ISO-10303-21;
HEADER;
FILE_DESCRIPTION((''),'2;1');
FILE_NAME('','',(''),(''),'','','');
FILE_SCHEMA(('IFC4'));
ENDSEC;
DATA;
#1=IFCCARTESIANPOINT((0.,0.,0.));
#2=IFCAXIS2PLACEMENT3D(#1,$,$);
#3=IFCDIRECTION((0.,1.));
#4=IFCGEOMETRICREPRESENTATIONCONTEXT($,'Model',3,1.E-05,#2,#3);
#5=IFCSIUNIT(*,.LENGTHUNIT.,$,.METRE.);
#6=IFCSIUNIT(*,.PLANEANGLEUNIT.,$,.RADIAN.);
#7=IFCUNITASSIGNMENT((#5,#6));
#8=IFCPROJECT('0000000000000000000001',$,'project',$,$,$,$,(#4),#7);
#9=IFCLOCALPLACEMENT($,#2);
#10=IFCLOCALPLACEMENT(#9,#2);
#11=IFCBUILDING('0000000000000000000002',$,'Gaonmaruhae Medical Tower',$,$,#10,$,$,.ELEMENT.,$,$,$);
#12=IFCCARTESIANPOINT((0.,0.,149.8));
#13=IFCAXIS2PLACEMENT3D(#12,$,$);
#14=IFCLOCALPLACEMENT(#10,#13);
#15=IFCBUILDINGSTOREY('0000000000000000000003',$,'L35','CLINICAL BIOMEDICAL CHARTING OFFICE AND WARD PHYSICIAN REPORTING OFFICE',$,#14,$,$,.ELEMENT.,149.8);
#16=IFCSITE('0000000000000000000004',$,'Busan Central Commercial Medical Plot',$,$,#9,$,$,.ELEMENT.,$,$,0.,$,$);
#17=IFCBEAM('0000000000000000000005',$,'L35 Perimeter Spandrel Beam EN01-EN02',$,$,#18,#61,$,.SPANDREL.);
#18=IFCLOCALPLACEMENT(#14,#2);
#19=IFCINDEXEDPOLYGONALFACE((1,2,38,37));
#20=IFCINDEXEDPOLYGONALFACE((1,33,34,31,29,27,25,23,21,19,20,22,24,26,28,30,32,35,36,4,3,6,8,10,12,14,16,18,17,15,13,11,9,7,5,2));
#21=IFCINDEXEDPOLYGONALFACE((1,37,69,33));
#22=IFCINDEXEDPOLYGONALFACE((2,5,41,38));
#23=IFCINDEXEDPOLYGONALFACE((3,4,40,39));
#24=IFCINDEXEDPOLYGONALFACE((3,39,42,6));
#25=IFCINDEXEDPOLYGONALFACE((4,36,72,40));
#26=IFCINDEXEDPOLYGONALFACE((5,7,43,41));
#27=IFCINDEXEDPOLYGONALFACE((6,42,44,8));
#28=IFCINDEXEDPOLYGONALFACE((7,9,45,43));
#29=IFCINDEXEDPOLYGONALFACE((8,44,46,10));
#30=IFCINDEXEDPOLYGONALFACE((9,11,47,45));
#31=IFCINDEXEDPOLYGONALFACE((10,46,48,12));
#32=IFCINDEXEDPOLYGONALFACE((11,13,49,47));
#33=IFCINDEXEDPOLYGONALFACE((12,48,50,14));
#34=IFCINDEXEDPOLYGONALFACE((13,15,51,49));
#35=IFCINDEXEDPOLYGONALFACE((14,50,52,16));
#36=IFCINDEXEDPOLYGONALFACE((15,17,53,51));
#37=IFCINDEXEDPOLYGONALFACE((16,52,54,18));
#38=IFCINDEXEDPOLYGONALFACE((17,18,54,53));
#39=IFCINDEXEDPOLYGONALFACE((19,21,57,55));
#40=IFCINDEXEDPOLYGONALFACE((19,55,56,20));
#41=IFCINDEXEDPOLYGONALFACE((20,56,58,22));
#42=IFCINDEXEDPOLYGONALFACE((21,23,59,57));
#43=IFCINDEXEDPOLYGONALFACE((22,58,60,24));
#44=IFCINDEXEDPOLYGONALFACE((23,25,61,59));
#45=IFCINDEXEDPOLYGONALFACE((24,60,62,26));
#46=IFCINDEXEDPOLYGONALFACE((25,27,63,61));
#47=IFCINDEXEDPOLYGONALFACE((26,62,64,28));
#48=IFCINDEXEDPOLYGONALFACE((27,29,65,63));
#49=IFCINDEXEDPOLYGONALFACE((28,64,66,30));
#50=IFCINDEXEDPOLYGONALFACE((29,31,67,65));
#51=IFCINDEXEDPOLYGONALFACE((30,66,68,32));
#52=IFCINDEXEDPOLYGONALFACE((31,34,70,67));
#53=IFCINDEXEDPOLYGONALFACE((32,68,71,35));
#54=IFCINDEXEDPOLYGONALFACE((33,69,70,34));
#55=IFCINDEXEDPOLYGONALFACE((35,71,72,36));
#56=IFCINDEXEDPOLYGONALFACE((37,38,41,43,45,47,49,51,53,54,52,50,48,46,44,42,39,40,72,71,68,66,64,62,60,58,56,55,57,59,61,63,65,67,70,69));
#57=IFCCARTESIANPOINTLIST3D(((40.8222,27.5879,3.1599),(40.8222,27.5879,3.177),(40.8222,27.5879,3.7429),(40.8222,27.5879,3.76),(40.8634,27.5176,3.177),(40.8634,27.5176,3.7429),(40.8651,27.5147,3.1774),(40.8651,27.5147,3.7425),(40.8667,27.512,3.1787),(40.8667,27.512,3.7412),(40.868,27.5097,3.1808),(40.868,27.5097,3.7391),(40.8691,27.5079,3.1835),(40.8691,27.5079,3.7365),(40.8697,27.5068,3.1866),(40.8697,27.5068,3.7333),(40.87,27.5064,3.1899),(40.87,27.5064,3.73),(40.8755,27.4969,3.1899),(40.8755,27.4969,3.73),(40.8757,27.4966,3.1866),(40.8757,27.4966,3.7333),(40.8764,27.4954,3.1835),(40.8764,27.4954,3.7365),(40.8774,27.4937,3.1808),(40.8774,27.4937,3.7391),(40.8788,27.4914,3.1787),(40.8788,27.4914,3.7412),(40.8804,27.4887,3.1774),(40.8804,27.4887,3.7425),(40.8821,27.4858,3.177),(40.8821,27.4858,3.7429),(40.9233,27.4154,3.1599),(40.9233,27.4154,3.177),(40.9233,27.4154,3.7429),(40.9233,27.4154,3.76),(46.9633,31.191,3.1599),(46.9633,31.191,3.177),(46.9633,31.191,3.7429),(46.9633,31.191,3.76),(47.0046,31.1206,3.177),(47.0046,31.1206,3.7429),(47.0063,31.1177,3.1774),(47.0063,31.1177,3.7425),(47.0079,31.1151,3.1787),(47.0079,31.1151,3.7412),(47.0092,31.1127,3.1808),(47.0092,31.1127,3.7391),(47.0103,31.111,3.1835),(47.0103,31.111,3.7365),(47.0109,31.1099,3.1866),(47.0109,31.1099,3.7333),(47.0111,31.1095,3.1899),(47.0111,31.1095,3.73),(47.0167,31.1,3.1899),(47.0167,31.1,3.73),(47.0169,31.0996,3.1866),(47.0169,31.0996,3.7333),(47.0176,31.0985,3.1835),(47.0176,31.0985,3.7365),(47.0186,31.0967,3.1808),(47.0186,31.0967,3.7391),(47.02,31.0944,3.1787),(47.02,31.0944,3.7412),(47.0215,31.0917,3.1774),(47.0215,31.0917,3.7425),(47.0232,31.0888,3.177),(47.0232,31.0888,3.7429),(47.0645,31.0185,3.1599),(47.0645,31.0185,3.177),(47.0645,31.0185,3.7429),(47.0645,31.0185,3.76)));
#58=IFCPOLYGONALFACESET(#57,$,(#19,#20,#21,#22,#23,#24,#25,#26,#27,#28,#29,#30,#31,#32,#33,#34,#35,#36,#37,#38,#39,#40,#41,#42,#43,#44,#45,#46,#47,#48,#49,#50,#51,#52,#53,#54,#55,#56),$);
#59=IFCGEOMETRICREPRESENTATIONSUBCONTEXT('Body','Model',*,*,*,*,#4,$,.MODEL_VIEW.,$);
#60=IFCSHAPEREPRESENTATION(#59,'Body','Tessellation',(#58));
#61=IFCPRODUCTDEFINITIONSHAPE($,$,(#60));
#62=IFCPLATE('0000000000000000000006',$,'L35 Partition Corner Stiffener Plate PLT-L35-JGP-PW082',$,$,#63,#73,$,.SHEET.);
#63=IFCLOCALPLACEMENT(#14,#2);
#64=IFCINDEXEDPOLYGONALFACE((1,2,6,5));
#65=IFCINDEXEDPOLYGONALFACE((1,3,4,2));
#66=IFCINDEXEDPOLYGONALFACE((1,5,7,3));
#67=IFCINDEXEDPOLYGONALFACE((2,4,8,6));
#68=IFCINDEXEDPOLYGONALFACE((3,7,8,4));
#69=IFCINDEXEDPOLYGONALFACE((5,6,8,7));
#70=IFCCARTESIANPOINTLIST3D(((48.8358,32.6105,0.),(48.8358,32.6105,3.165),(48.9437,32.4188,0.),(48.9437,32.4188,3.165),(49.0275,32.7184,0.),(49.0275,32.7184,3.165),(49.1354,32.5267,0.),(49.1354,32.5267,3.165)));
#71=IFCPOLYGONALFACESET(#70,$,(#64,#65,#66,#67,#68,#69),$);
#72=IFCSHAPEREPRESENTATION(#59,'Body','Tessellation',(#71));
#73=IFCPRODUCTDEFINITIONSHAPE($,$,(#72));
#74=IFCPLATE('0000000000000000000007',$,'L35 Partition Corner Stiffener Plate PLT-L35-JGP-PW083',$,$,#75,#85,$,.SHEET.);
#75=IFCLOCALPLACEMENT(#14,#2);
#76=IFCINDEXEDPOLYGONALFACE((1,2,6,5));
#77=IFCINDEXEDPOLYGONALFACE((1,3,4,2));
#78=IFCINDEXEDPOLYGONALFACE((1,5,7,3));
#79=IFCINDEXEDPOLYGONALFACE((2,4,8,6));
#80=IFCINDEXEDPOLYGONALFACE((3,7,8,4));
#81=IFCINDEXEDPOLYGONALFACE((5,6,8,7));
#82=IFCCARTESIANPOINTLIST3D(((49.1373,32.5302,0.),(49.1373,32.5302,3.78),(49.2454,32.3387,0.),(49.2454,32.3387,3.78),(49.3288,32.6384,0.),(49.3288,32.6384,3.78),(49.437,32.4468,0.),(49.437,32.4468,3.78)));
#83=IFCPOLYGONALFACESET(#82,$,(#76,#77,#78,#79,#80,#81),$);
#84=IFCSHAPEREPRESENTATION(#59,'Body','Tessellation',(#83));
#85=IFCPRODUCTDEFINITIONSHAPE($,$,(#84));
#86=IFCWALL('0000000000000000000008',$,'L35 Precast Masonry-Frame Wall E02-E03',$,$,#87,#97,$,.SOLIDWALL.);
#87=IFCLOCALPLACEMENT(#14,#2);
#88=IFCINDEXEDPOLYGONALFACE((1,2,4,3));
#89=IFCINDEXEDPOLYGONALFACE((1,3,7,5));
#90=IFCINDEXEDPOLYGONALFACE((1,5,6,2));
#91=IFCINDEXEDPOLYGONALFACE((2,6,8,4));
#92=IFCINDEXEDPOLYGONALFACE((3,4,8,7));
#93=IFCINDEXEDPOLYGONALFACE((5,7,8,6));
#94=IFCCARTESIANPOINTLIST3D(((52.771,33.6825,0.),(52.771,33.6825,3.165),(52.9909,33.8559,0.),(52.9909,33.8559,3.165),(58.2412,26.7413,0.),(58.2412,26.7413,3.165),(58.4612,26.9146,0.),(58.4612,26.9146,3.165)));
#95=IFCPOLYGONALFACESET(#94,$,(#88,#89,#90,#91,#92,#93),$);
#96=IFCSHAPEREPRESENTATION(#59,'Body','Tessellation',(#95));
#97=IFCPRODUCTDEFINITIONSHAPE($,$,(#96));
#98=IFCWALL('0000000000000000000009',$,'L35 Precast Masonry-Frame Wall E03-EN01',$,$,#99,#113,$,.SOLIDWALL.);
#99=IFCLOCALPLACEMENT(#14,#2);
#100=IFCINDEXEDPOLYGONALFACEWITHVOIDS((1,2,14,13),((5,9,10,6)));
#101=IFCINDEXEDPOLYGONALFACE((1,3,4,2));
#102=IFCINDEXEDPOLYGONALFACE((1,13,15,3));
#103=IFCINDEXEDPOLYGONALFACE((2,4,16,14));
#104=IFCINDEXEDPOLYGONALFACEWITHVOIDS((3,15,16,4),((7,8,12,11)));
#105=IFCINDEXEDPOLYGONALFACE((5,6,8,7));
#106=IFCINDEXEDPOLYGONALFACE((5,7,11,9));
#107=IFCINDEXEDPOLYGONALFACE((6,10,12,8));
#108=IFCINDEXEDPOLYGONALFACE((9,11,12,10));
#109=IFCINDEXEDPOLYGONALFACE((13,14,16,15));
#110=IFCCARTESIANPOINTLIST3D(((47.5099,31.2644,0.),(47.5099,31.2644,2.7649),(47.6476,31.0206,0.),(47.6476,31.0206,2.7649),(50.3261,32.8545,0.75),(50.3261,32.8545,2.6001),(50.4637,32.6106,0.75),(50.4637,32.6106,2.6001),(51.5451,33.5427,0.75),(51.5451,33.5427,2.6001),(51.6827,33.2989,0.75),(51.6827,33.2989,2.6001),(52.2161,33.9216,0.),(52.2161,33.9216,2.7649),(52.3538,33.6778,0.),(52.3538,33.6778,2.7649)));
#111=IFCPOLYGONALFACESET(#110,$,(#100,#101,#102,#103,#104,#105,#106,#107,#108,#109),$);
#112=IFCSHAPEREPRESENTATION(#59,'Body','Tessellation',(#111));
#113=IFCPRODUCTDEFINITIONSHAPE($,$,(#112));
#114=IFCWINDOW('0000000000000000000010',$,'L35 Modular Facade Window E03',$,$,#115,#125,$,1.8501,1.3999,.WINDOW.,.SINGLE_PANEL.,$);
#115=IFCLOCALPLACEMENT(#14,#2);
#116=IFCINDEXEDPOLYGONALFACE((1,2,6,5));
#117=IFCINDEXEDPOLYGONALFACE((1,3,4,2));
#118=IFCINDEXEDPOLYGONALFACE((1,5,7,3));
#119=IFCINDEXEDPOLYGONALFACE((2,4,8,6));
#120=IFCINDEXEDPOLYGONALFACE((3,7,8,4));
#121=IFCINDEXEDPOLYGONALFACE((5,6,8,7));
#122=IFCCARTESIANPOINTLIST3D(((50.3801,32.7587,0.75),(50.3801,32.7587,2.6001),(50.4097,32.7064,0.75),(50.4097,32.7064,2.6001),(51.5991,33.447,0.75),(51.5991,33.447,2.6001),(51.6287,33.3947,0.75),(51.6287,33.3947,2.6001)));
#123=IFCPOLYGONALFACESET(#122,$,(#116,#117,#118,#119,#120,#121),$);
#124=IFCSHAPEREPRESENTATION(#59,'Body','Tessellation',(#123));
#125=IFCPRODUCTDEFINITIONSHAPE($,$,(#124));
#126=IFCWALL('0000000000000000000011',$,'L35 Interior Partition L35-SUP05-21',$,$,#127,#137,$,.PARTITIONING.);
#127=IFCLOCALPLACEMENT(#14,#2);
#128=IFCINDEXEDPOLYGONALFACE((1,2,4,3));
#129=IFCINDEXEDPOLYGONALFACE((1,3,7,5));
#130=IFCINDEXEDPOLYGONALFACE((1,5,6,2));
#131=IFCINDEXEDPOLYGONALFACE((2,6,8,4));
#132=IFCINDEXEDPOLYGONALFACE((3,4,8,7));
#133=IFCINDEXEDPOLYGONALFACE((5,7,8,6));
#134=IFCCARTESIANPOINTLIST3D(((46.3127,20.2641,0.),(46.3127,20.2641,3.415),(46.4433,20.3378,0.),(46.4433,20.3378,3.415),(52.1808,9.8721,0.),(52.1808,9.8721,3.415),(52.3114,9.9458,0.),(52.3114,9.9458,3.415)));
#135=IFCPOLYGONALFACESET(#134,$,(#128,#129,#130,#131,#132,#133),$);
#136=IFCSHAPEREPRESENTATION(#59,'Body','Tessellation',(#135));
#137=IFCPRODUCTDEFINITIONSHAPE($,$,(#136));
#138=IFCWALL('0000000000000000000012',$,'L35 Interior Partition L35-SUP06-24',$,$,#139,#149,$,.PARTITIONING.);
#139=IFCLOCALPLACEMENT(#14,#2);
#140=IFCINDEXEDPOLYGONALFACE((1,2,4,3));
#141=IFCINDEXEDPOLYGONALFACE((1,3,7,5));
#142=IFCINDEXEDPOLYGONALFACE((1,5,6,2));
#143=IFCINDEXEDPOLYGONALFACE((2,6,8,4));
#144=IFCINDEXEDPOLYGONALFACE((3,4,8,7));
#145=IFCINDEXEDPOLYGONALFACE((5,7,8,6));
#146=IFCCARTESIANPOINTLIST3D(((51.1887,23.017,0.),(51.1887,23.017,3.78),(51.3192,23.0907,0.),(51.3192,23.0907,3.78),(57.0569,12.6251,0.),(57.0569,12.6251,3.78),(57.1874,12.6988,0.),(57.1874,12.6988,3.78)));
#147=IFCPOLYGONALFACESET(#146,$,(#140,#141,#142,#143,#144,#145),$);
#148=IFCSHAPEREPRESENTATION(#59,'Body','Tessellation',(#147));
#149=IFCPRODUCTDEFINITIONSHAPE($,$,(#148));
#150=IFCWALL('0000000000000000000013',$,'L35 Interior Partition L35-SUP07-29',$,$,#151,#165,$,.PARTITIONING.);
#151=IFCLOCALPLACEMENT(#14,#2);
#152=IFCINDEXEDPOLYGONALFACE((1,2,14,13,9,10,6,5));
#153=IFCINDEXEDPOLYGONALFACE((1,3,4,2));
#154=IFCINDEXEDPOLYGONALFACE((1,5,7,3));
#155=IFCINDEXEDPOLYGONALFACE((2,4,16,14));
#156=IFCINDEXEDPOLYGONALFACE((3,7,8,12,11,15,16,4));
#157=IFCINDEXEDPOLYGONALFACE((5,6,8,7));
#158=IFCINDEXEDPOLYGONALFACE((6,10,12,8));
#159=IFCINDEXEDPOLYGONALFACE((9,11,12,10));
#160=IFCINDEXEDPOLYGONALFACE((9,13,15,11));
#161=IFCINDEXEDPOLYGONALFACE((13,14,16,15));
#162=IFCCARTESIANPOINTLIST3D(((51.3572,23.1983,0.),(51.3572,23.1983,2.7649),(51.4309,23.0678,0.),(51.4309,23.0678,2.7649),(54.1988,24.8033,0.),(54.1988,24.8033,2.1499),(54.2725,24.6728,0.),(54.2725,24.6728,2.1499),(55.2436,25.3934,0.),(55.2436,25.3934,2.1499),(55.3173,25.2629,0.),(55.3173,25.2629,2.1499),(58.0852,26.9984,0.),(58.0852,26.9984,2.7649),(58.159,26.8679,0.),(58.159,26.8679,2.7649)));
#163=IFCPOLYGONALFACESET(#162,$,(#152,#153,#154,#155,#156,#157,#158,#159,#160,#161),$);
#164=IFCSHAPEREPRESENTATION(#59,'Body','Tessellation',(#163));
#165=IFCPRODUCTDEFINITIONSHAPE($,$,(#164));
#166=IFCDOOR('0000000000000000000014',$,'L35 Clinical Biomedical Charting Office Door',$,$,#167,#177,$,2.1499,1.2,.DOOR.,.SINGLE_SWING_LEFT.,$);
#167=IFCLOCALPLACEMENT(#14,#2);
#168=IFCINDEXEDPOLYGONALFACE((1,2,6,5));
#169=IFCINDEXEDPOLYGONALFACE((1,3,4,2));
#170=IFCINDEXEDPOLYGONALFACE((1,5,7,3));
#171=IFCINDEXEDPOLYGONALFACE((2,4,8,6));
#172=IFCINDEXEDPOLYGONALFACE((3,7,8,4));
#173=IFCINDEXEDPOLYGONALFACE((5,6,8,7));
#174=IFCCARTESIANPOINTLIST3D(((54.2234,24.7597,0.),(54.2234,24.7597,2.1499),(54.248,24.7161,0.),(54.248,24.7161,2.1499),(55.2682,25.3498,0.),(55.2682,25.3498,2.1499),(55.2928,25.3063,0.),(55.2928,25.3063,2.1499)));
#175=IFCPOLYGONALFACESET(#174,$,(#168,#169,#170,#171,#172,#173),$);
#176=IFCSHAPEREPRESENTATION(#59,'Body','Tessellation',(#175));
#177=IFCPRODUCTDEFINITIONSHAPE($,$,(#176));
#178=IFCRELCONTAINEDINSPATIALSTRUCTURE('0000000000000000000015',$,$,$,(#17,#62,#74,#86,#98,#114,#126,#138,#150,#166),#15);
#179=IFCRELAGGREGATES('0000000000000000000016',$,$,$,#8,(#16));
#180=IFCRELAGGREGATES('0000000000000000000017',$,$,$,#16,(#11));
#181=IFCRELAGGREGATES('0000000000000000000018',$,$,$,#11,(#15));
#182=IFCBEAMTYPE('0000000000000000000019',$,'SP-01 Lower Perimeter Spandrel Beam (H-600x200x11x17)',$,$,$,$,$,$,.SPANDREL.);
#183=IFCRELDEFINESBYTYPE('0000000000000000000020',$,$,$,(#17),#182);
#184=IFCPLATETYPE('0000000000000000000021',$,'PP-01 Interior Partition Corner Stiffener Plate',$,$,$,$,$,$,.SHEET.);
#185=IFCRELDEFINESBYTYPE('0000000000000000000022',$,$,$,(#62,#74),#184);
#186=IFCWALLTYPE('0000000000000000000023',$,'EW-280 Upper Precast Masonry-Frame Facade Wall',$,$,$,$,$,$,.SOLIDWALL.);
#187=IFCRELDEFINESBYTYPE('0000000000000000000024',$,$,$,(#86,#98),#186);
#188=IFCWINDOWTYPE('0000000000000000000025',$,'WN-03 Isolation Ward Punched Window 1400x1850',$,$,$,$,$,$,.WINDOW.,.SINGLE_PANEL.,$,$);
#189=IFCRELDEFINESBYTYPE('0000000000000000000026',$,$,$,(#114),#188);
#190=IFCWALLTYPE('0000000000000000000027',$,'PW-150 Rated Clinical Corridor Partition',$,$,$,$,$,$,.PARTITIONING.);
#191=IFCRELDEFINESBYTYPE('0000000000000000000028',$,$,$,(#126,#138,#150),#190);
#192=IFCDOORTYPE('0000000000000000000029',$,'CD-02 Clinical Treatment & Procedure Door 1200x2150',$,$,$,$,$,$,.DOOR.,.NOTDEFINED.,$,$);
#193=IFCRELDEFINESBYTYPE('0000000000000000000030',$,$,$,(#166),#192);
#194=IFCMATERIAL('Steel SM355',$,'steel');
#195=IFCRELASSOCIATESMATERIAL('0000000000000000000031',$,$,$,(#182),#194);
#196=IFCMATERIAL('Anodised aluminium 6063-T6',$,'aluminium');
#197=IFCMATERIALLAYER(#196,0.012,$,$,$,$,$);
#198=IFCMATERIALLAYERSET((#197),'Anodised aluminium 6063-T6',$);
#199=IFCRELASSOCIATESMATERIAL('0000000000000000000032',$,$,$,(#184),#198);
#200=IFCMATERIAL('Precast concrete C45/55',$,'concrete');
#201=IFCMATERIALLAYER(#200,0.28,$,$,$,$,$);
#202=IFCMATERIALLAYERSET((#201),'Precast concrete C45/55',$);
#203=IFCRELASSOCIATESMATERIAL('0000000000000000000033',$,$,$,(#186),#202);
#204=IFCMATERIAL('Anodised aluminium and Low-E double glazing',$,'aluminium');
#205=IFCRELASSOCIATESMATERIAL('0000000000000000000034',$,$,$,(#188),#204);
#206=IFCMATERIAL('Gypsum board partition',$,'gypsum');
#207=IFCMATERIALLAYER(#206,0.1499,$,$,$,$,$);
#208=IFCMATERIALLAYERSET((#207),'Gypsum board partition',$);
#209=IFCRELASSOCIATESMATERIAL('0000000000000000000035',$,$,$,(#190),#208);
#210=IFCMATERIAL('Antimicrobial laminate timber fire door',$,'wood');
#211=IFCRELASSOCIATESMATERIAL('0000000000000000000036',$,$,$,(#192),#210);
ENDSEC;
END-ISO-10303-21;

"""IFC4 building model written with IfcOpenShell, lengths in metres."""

from ifc_helpers import new_model, si_unit, direction, frame, frame_2d, origin, origin_2d, place, context, subcontext, project, spatial, rectangle, i_section, extrude, material, layer, layer_set, material_profile, profile_set, type_object, element, fill, save


model = new_model("IFC4")

# Units and contexts
model_context = context("Model", 3, precision=1e-05, world=origin(), true_north=direction((0.0, 1.0)))
body_context = subcontext(model_context, "Body", "Model", "MODEL_VIEW")
ifc_project = project(units=[si_unit("LENGTHUNIT", "METRE"), si_unit("PLANEANGLEUNIT", "RADIAN")], contexts=[model_context])

# Site, building, storey
site_placement = place(None, origin())
site = spatial("IfcSite", under=ifc_project, at=site_placement, Name="Busan Central Commercial Medical Plot", CompositionType="ELEMENT", RefElevation=0.0)
building_placement = place(site_placement, origin())
building = spatial("IfcBuilding", under=site, at=building_placement, Name="Gaonmaruhae Medical Tower", CompositionType="ELEMENT")
storey_placement = place(building_placement, frame((0.0, 0.0, 149.8)))
storey = spatial("IfcBuildingStorey", under=building, at=storey_placement, Name="L35", Description="CLINICAL BIOMEDICAL CHARTING OFFICE AND WARD PHYSICIAN REPORTING OFFICE", CompositionType="ELEMENT", Elevation=149.8)

# Beam
ifc_material_1 = material(Name="Steel SM355", Category="steel")
ifc_material_profile_1 = material_profile(ifc_material_1, i_section(OverallWidth=0.2, OverallDepth=0.6001, WebThickness=0.011, FlangeThickness=0.0171, FilletRadius=0.0129, at=origin_2d()), Name="H-600x200x11x17")
ifc_profile_set_1 = profile_set([ifc_material_profile_1], Name="Steel SM355")
beam_type_1 = type_object("IfcBeamType", Name="SP-01 Lower Perimeter Spandrel Beam (H-600x200x11x17)", PredefinedType="SPANDREL", material=ifc_profile_set_1)
beam_1_placement = place(storey_placement, frame((47.0139, 31.1047, 3.46), z_axis=(-0.86251, -0.50604, 0.0), x_axis=(0.50604, -0.86251, 0.0)))
element("IfcBeam", 1, at=beam_1_placement, inside=storey, type_object=beam_type_1, Name="L35 Perimeter Spandrel Beam EN01-EN02", PredefinedType="SPANDREL", context=body_context, shape_type="SweptSolid", body=[
    extrude(i_section(OverallWidth=0.2, OverallDepth=0.6001, WebThickness=0.011, FlangeThickness=0.0171, FilletRadius=0.0129, at=origin_2d()), origin(), (0.0, 0.0, 1.0), 7.1201),
])

# Plates
ifc_material_2 = material(Name="Anodised aluminium 6063-T6", Category="aluminium")
ifc_layer_1 = layer(ifc_material_2, 0.012)
ifc_layer_set_1 = layer_set([ifc_layer_1], Name="Anodised aluminium 6063-T6")
plate_type = type_object("IfcPlateType", Name="PP-01 Interior Partition Corner Stiffener Plate", PredefinedType="SHEET", material=ifc_layer_set_1)
plate_1_placement = place(storey_placement, frame((48.9856, 32.5686, 0.0), z_axis=(0.0, 0.0, 1.0), x_axis=(0.871394, 0.490584, 0.0)))
element("IfcPlate", 2, at=plate_1_placement, inside=storey, type_object=plate_type, Name="L35 Partition Corner Stiffener Plate PLT-L35-JGP-PW082", PredefinedType="SHEET", context=body_context, shape_type="SweptSolid", body=[
    extrude(rectangle(XDim=0.22, YDim=0.22, at=origin_2d()), origin(), (0.0, 0.0, 1.0), 3.165),
])
plate_2_placement = place(storey_placement, frame((49.2871, 32.4885, 0.0), z_axis=(0.0, 0.0, 1.0), x_axis=(0.491679, -0.870777, 0.0)))
element("IfcPlate", 3, at=plate_2_placement, inside=storey, type_object=plate_type, Name="L35 Partition Corner Stiffener Plate PLT-L35-JGP-PW083", PredefinedType="SHEET", context=body_context, shape_type="SweptSolid", body=[
    extrude(rectangle(XDim=0.22, YDim=0.22, at=origin_2d()), origin(), (0.0, 0.0, 1.0), 3.78),
])

# Wall
ifc_material_3 = material(Name="Precast concrete C45/55", Category="concrete")
ifc_layer_2 = layer(ifc_material_3, 0.28)
ifc_layer_set_2 = layer_set([ifc_layer_2], Name="Precast concrete C45/55")
wall_type_1 = type_object("IfcWallType", Name="EW-280 Upper Precast Masonry-Frame Facade Wall", PredefinedType="SOLIDWALL", material=ifc_layer_set_2)
wall_1_placement = place(storey_placement, frame((52.8809, 33.7693, 0.0), z_axis=(0.0, 0.0, 1.0), x_axis=(0.618971, -0.785414, 0.0)))
element("IfcWall", 4, at=wall_1_placement, inside=storey, type_object=wall_type_1, Name="L35 Precast Masonry-Frame Wall E02-E03", PredefinedType="SOLIDWALL", context=body_context, shape_type="SweptSolid", body=[
    extrude(rectangle(XDim=8.8376, YDim=0.28, at=frame_2d((4.4189, 0.0))), origin(), (0.0, 0.0, 1.0), 3.165),
])

# Wall, opening, window
wall_2_placement = place(storey_placement, frame((47.5789, 31.1426, 0.0), z_axis=(0.0, 0.0, 1.0), x_axis=(0.870789, 0.491657, 0.0)))
wall_2 = element("IfcWall", 5, at=wall_2_placement, inside=storey, type_object=wall_type_1, Name="L35 Precast Masonry-Frame Wall E03-EN01", PredefinedType="SOLIDWALL", context=body_context, shape_type="SweptSolid", body=[
    extrude(rectangle(XDim=5.4045, YDim=0.28, at=frame_2d((2.7021, 0.0))), origin(), (0.0, 0.0, 1.0), 2.7649),
])
opening_1_placement = place(wall_2_placement, frame((3.2339, 0.0, 0.75)))
opening_1 = element("IfcOpeningElement", 6, at=opening_1_placement, cuts=wall_2, PredefinedType="OPENING", context=body_context, shape_type="SweptSolid", body=[
    extrude(rectangle(XDim=1.3999, YDim=1.8501, at=frame_2d((0.7, 0.925))), frame((0.0, 0.1499, 0.0), z_axis=(0.0, -1.0, 0.0), x_axis=(1.0, 0.0, 0.0)), (0.0, 0.0, 1.0), 0.3),
])
ifc_material_4 = material(Name="Anodised aluminium and Low-E double glazing", Category="aluminium")
window_type = type_object("IfcWindowType", Name="WN-03 Isolation Ward Punched Window 1400x1850", PartitioningType="SINGLE_PANEL", PredefinedType="WINDOW", material=ifc_material_4)
window_placement = place(opening_1_placement, origin())
window = element("IfcWindow", 7, at=window_placement, inside=storey, type_object=window_type, Name="L35 Modular Facade Window E03", OverallHeight=1.8501, OverallWidth=1.3999, PartitioningType="SINGLE_PANEL", PredefinedType="WINDOW", context=body_context, shape_type="SweptSolid", body=[
    extrude(rectangle(XDim=1.3999, YDim=1.8501, at=frame_2d((0.7, 0.925))), frame((0.0, 0.03, 0.0), z_axis=(0.0, -1.0, 0.0), x_axis=(1.0, 0.0, 0.0)), (0.0, 0.0, 1.0), 0.0601),
])
fill(opening_1, window)

# Wall
ifc_material_5 = material(Name="Gypsum board partition", Category="gypsum")
ifc_layer_3 = layer(ifc_material_5, 0.1499)
ifc_layer_set_3 = layer_set([ifc_layer_3], Name="Gypsum board partition")
wall_type_2 = type_object("IfcWallType", Name="PW-150 Rated Clinical Corridor Partition", PredefinedType="PARTITIONING", material=ifc_layer_set_3)
wall_3_placement = place(storey_placement, frame((46.3779, 20.301, 0.0), z_axis=(0.0, 0.0, 1.0), x_axis=(0.4917, -0.870765, 0.0)))
element("IfcWall", 8, at=wall_3_placement, inside=storey, type_object=wall_type_2, Name="L35 Interior Partition L35-SUP05-21", PredefinedType="PARTITIONING", context=body_context, shape_type="SweptSolid", body=[
    extrude(rectangle(XDim=11.9343, YDim=0.1499, at=frame_2d((5.9673, 0.0))), origin(), (0.0, 0.0, 1.0), 3.415),
])

# Shared definitions
ifc_material_6 = material(Name="Antimicrobial laminate timber fire door", Category="wood")
door_type = type_object("IfcDoorType", Name="CD-02 Clinical Treatment & Procedure Door 1200x2150", OperationType="NOTDEFINED", PredefinedType="DOOR", material=ifc_material_6)

# Wall
wall_4_placement = place(storey_placement, frame((51.2539, 23.054, 0.0), z_axis=(0.0, 0.0, 1.0), x_axis=(0.491709, -0.87076, 0.0)))
element("IfcWall", 9, at=wall_4_placement, inside=storey, type_object=wall_type_2, Name="L35 Interior Partition L35-SUP06-24", PredefinedType="PARTITIONING", context=body_context, shape_type="SweptSolid", body=[
    extrude(rectangle(XDim=11.9343, YDim=0.1499, at=frame_2d((5.9673, 0.0))), origin(), (0.0, 0.0, 1.0), 3.78),
])

# Wall, opening, door
wall_5_placement = place(storey_placement, frame((51.394, 23.1331, 0.0), z_axis=(0.0, 0.0, 1.0), x_axis=(0.870715, 0.491788, 0.0)))
wall_5 = element("IfcWall", 10, at=wall_5_placement, inside=storey, type_object=wall_type_2, Name="L35 Interior Partition L35-SUP07-29", PredefinedType="PARTITIONING", context=body_context, shape_type="SweptSolid", body=[
    extrude(rectangle(XDim=7.7271, YDim=0.1499, at=frame_2d((3.8635, 0.0))), origin(), (0.0, 0.0, 1.0), 2.7649),
])
opening_2_placement = place(wall_5_placement, frame((3.2634, 0.0, 0.0)))
opening_2 = element("IfcOpeningElement", 11, at=opening_2_placement, cuts=wall_5, PredefinedType="OPENING", context=body_context, shape_type="SweptSolid", body=[
    extrude(rectangle(XDim=1.2, YDim=2.1499, at=frame_2d((0.6001, 1.075))), frame((0.0, 0.085, 0.0), z_axis=(0.0, -1.0, 0.0), x_axis=(1.0, 0.0, 0.0)), (0.0, 0.0, 1.0), 0.1699),
])
door_1_placement = place(opening_2_placement, origin())
door_1 = element("IfcDoor", 12, at=door_1_placement, inside=storey, type_object=door_type, Name="L35 Clinical Biomedical Charting Office Door", OperationType="SINGLE_SWING_LEFT", OverallHeight=2.1499, OverallWidth=1.2, PredefinedType="DOOR", context=body_context, shape_type="SweptSolid", body=[
    extrude(rectangle(XDim=1.2, YDim=2.1499, at=frame_2d((0.6001, 1.075))), frame((0.0, 0.0249, 0.0), z_axis=(0.0, -1.0, 0.0), x_axis=(1.0, 0.0, 0.0)), (0.0, 0.0, 1.0), 0.05),
])
fill(opening_2, door_1)

save(model, "model.ifc")
